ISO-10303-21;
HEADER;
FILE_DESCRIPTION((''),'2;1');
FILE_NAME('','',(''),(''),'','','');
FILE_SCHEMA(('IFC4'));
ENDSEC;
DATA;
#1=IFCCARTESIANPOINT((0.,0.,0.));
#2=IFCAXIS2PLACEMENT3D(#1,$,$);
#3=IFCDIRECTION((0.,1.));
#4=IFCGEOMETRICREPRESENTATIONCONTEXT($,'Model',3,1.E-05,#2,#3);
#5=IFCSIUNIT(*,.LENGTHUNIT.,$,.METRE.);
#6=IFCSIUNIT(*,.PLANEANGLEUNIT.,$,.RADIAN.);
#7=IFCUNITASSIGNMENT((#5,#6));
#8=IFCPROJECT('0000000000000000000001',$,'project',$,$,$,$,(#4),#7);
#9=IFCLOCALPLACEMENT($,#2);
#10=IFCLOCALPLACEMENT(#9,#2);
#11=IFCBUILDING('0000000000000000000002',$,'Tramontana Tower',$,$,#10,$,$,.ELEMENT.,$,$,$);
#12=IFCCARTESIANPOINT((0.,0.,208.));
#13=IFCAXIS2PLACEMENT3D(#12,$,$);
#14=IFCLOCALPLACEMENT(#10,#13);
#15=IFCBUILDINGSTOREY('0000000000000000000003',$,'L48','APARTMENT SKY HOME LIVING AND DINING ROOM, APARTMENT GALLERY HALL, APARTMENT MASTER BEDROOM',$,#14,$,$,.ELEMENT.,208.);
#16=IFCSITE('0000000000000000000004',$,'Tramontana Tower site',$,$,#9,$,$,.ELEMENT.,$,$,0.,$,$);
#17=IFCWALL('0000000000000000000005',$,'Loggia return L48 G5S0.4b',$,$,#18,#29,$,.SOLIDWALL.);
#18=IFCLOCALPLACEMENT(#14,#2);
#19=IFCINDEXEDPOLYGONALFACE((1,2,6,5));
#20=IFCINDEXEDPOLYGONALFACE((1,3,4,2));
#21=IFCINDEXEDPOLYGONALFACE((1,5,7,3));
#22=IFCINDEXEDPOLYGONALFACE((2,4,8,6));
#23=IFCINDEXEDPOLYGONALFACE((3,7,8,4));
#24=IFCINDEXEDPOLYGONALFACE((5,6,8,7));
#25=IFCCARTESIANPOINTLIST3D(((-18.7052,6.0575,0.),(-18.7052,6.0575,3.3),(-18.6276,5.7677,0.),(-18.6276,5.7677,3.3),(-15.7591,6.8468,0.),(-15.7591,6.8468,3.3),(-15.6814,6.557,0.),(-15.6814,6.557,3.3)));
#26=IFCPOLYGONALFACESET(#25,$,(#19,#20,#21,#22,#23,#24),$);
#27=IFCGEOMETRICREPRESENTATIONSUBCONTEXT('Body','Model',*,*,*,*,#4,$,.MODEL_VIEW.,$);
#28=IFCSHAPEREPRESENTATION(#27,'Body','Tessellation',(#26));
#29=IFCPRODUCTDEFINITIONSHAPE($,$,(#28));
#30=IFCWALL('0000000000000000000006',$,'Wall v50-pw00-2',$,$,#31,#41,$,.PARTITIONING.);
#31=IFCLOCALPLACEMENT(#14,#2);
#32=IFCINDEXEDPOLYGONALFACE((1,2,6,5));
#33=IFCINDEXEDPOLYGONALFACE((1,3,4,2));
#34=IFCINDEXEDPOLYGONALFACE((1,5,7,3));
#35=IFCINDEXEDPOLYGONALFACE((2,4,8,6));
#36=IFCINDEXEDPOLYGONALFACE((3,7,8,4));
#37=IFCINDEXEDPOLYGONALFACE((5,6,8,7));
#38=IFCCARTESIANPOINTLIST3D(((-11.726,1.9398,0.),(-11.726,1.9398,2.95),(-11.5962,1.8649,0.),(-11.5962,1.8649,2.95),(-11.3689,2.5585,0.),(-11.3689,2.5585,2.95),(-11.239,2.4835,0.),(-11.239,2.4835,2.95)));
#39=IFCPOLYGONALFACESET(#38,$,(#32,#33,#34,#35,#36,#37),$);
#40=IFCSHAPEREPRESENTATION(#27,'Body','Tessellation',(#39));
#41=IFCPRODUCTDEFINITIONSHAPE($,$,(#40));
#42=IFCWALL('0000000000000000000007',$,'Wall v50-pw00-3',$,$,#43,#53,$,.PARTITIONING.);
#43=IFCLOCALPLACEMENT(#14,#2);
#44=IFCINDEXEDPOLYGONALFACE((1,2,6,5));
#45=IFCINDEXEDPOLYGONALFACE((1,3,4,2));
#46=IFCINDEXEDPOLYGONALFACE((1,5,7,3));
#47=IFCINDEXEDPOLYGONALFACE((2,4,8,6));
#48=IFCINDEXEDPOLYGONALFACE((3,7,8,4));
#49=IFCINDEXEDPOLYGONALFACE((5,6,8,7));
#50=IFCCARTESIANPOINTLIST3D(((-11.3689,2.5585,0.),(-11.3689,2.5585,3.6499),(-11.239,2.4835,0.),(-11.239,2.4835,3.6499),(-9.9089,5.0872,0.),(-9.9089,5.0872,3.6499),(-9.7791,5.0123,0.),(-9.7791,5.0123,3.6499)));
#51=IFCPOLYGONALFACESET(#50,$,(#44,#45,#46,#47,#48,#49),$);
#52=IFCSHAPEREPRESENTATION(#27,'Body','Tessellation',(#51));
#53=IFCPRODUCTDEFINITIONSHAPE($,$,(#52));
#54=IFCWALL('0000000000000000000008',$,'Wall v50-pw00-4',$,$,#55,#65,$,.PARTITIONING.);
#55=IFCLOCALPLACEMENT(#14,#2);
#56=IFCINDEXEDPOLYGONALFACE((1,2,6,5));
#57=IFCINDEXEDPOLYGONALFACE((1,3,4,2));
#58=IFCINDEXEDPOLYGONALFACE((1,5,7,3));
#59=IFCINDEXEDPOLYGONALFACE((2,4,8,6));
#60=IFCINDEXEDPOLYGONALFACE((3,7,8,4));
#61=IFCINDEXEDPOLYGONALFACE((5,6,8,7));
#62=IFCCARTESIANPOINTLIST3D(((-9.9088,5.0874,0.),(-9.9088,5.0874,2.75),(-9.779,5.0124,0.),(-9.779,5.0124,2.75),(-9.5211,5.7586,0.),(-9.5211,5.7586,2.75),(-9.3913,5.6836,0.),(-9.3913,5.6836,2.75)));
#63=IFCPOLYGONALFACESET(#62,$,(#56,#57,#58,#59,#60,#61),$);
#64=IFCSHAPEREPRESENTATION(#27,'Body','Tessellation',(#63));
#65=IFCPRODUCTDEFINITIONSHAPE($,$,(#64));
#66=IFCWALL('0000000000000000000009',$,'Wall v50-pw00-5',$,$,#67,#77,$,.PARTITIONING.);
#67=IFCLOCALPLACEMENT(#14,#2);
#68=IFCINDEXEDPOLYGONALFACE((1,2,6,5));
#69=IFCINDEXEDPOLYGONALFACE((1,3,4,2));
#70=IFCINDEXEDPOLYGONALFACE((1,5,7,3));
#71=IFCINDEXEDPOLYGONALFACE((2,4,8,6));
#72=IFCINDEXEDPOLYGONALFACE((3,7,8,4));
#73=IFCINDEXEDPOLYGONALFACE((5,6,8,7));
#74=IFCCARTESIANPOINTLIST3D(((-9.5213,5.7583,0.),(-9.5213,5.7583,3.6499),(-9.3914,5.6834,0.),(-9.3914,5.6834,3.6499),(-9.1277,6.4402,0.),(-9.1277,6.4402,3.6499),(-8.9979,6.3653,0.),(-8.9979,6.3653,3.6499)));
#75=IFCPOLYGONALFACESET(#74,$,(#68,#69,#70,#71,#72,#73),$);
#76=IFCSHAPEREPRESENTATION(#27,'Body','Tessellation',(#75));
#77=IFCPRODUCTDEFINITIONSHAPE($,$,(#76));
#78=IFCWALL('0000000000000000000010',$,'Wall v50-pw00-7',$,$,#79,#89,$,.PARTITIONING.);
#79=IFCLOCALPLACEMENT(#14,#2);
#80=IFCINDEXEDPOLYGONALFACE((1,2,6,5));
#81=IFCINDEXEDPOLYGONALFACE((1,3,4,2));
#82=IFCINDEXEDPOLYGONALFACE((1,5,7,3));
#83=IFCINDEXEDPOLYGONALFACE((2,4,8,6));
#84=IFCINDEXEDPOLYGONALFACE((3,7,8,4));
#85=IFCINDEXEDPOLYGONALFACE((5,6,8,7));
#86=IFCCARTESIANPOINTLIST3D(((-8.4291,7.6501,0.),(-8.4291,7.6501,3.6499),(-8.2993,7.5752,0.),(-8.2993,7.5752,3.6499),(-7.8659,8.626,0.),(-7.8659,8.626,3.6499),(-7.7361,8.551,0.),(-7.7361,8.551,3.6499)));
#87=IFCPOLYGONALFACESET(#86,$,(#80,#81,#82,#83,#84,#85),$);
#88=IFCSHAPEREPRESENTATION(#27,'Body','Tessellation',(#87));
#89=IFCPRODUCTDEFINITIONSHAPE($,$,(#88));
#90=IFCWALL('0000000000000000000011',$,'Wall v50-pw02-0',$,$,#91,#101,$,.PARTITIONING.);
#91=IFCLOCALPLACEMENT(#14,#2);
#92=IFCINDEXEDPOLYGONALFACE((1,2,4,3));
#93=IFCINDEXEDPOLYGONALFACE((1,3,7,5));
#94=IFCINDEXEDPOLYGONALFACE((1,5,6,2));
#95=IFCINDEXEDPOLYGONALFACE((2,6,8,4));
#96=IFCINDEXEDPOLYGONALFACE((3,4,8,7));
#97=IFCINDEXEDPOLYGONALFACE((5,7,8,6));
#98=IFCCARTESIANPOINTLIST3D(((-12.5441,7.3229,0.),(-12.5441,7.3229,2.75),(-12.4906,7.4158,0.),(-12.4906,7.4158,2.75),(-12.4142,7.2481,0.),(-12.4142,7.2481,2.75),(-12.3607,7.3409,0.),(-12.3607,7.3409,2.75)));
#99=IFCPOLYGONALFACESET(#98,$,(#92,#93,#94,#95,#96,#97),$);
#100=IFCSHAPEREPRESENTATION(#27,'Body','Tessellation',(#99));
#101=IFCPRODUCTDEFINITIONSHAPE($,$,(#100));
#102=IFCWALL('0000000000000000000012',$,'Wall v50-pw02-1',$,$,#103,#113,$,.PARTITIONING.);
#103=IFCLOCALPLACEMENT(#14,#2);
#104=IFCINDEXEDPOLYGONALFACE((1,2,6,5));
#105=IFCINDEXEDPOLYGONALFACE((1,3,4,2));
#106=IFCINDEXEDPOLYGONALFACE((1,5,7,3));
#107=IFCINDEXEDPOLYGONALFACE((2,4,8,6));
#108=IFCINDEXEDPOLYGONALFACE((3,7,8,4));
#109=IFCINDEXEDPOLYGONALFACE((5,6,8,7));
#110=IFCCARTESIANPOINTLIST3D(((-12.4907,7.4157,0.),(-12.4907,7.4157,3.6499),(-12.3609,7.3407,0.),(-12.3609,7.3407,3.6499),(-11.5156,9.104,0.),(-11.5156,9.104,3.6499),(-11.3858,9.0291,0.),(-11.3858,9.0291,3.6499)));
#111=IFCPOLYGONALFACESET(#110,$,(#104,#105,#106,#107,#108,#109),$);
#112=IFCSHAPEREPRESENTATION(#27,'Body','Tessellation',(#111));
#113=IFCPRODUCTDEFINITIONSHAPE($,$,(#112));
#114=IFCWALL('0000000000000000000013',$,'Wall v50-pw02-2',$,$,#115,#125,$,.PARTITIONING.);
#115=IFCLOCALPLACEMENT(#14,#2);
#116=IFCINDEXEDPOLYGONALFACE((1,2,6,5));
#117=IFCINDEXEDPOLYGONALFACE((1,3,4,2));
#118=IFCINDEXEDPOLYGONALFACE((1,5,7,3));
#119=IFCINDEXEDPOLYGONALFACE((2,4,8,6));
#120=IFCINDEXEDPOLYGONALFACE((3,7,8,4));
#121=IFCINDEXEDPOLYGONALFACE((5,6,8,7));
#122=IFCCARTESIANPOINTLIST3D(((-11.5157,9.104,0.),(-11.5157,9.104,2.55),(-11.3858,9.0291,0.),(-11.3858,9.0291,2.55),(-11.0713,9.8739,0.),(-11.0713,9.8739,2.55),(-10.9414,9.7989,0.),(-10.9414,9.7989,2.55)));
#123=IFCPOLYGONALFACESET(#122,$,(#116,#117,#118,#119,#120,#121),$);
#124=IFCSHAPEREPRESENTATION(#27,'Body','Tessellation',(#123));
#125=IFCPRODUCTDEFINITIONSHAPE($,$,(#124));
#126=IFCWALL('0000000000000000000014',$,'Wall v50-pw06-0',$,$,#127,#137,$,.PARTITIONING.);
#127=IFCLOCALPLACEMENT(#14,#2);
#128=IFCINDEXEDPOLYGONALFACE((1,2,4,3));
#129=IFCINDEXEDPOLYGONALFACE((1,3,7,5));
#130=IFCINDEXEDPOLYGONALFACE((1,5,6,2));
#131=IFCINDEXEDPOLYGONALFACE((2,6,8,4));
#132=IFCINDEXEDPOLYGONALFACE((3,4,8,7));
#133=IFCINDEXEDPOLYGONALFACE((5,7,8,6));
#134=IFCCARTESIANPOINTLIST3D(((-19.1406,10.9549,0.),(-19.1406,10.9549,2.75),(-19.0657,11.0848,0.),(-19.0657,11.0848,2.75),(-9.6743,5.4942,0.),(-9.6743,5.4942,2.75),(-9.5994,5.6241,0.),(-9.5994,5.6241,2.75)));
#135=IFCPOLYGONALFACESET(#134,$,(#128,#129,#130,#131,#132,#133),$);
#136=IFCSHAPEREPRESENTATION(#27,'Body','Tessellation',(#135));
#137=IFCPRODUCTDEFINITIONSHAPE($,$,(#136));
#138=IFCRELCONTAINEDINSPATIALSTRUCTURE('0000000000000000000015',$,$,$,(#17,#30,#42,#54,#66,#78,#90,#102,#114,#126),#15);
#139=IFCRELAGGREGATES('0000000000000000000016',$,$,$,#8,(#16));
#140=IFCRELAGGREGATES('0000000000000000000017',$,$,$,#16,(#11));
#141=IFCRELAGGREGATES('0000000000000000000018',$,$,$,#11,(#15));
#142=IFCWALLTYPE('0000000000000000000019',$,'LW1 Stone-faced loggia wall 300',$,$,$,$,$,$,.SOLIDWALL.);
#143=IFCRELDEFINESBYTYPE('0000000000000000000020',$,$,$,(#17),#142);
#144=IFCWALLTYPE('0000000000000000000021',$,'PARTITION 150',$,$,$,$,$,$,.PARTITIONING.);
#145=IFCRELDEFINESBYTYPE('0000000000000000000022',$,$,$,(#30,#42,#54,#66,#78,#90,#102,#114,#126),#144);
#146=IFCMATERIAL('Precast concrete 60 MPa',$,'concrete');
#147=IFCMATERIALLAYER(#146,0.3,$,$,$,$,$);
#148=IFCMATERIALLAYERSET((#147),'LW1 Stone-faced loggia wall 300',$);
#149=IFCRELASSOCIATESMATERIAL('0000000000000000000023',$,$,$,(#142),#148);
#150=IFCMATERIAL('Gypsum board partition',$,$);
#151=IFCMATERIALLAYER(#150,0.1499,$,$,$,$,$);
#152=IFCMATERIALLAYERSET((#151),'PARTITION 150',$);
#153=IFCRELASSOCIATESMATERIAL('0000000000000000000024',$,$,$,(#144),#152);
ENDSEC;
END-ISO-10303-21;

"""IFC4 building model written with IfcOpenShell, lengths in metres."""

from ifc_helpers import new_model, si_unit, direction, frame, frame_2d, origin, place, context, subcontext, project, spatial, rectangle, extrude, material, layer, layer_set, type_object, element, save


model = new_model("IFC4")

# Units and contexts
model_context = context("Model", 3, precision=1e-05, world=origin(), true_north=direction((0.0, 1.0)))
body_context = subcontext(model_context, "Body", "Model", "MODEL_VIEW")
ifc_project = project(units=[si_unit("LENGTHUNIT", "METRE"), si_unit("PLANEANGLEUNIT", "RADIAN")], contexts=[model_context])

# Site, building, storey
site_placement = place(None, origin())
site = spatial("IfcSite", under=ifc_project, at=site_placement, Name="Tramontana Tower site", CompositionType="ELEMENT", RefElevation=0.0)
building_placement = place(site_placement, origin())
building = spatial("IfcBuilding", under=site, at=building_placement, Name="Tramontana Tower", CompositionType="ELEMENT")
storey_placement = place(building_placement, frame((0.0, 0.0, 208.0)))
storey = spatial("IfcBuildingStorey", under=building, at=storey_placement, Name="L48", Description="APARTMENT SKY HOME LIVING AND DINING ROOM, APARTMENT GALLERY HALL, APARTMENT MASTER BEDROOM", CompositionType="ELEMENT", Elevation=208.0)

# Shared definitions
ifc_material_1 = material(Name="Precast concrete 60 MPa", Category="concrete")
ifc_layer_1 = layer(ifc_material_1, 0.3)
ifc_layer_set_1 = layer_set([ifc_layer_1], Name="LW1 Stone-faced loggia wall 300")
wall_type_1 = type_object("IfcWallType", Name="LW1 Stone-faced loggia wall 300", PredefinedType="SOLIDWALL", material=ifc_layer_set_1)

# Walls
wall_1_placement = place(storey_placement, frame((-18.6663, 5.9126, 0.0), z_axis=(0.0, 0.0, 1.0), x_axis=(0.965933, 0.258793, 0.0)))
element("IfcWall", 1, at=wall_1_placement, inside=storey, type_object=wall_type_1, Name="Loggia return L48 G5S0.4b", PredefinedType="SOLIDWALL", context=body_context, shape_type="SweptSolid", body=[
    extrude(rectangle(XDim=3.05, YDim=0.3, at=frame_2d((1.5249, 0.0))), origin(), (0.0, 0.0, 1.0), 3.3),
])
ifc_material_2 = material(Name="Gypsum board partition")
ifc_layer_2 = layer(ifc_material_2, 0.1499)
ifc_layer_set_2 = layer_set([ifc_layer_2], Name="PARTITION 150")
wall_type_2 = type_object("IfcWallType", Name="PARTITION 150", PredefinedType="PARTITIONING", material=ifc_layer_set_2)
wall_2_placement = place(storey_placement, frame((-11.6611, 1.9023, 0.0), z_axis=(0.0, 0.0, 1.0), x_axis=(0.499999, 0.866026, 0.0)))
element("IfcWall", 2, at=wall_2_placement, inside=storey, type_object=wall_type_2, Name="Wall v50-pw00-2", PredefinedType="PARTITIONING", context=body_context, shape_type="SweptSolid", body=[
    extrude(rectangle(XDim=0.7144, YDim=0.1499, at=frame_2d((0.3572, 0.0))), origin(), (0.0, 0.0, 1.0), 2.95),
])
wall_3_placement = place(storey_placement, frame((-11.304, 2.521, 0.0), z_axis=(0.0, 0.0, 1.0), x_axis=(0.499988, 0.866032, 0.0)))
element("IfcWall", 3, at=wall_3_placement, inside=storey, type_object=wall_type_2, Name="Wall v50-pw00-3", PredefinedType="PARTITIONING", context=body_context, shape_type="SweptSolid", body=[
    extrude(rectangle(XDim=2.9199, YDim=0.1499, at=frame_2d((1.46, 0.0))), origin(), (0.0, 0.0, 1.0), 3.6499),
])
wall_4_placement = place(storey_placement, frame((-9.844, 5.0498, 0.0), z_axis=(0.0, 0.0, 1.0), x_axis=(0.500204, 0.865908, 0.0)))
element("IfcWall", 4, at=wall_4_placement, inside=storey, type_object=wall_type_2, Name="Wall v50-pw00-4", PredefinedType="PARTITIONING", context=body_context, shape_type="SweptSolid", body=[
    extrude(rectangle(XDim=0.7751, YDim=0.1499, at=frame_2d((0.3877, 0.0))), origin(), (0.0, 0.0, 1.0), 2.75),
])
wall_5_placement = place(storey_placement, frame((-9.4563, 5.7209, 0.0), z_axis=(0.0, 0.0, 1.0), x_axis=(0.499875, 0.866098, 0.0)))
element("IfcWall", 5, at=wall_5_placement, inside=storey, type_object=wall_type_2, Name="Wall v50-pw00-5", PredefinedType="PARTITIONING", context=body_context, shape_type="SweptSolid", body=[
    extrude(rectangle(XDim=0.7874, YDim=0.1499, at=frame_2d((0.3936, 0.0))), origin(), (0.0, 0.0, 1.0), 3.6499),
])

# Walls
wall_6_placement = place(storey_placement, frame((-8.3643, 7.6125, 0.0), z_axis=(0.0, 0.0, 1.0), x_axis=(0.499891, 0.866088, 0.0)))
element("IfcWall", 6, at=wall_6_placement, inside=storey, type_object=wall_type_2, Name="Wall v50-pw00-7", PredefinedType="PARTITIONING", context=body_context, shape_type="SweptSolid", body=[
    extrude(rectangle(XDim=1.1267, YDim=0.1499, at=frame_2d((0.5635, 0.0))), origin(), (0.0, 0.0, 1.0), 3.6499),
])
wall_7_placement = place(storey_placement, frame((-12.4792, 7.2854, 0.0), z_axis=(0.0, 0.0, 1.0), x_axis=(0.499328, 0.866413, 0.0)))
element("IfcWall", 7, at=wall_7_placement, inside=storey, type_object=wall_type_2, Name="Wall v50-pw02-0", PredefinedType="PARTITIONING", context=body_context, shape_type="SweptSolid", body=[
    extrude(rectangle(XDim=0.1072, YDim=0.1499, at=frame_2d((0.0537, 0.0))), origin(), (0.0, 0.0, 1.0), 2.75),
])
wall_8_placement = place(storey_placement, frame((-12.4258, 7.3782, 0.0), z_axis=(0.0, 0.0, 1.0), x_axis=(0.500098, 0.865969, 0.0)))
element("IfcWall", 8, at=wall_8_placement, inside=storey, type_object=wall_type_2, Name="Wall v50-pw02-1", PredefinedType="PARTITIONING", context=body_context, shape_type="SweptSolid", body=[
    extrude(rectangle(XDim=1.9497, YDim=0.1499, at=frame_2d((0.9749, 0.0))), origin(), (0.0, 0.0, 1.0), 3.6499),
])
wall_9_placement = place(storey_placement, frame((-11.4507, 9.0667, 0.0), z_axis=(0.0, 0.0, 1.0), x_axis=(0.499921, 0.866071, 0.0)))
element("IfcWall", 9, at=wall_9_placement, inside=storey, type_object=wall_type_2, Name="Wall v50-pw02-2", PredefinedType="PARTITIONING", context=body_context, shape_type="SweptSolid", body=[
    extrude(rectangle(XDim=0.8889, YDim=0.1499, at=frame_2d((0.4443, 0.0))), origin(), (0.0, 0.0, 1.0), 2.55),
])
wall_10_placement = place(storey_placement, frame((-9.6367, 5.5591, 0.0), z_axis=(0.0, 0.0, 1.0), x_axis=(-0.866211, 0.499679, 0.0)))
element("IfcWall", 10, at=wall_10_placement, inside=storey, type_object=wall_type_2, Name="Wall v50-pw06-0", PredefinedType="PARTITIONING", context=body_context, shape_type="SweptSolid", body=[
    extrude(rectangle(XDim=10.9285, YDim=0.1499, at=frame_2d((5.4644, 0.0))), origin(), (0.0, 0.0, 1.0), 2.75),
])

save(model, "model.ifc")
